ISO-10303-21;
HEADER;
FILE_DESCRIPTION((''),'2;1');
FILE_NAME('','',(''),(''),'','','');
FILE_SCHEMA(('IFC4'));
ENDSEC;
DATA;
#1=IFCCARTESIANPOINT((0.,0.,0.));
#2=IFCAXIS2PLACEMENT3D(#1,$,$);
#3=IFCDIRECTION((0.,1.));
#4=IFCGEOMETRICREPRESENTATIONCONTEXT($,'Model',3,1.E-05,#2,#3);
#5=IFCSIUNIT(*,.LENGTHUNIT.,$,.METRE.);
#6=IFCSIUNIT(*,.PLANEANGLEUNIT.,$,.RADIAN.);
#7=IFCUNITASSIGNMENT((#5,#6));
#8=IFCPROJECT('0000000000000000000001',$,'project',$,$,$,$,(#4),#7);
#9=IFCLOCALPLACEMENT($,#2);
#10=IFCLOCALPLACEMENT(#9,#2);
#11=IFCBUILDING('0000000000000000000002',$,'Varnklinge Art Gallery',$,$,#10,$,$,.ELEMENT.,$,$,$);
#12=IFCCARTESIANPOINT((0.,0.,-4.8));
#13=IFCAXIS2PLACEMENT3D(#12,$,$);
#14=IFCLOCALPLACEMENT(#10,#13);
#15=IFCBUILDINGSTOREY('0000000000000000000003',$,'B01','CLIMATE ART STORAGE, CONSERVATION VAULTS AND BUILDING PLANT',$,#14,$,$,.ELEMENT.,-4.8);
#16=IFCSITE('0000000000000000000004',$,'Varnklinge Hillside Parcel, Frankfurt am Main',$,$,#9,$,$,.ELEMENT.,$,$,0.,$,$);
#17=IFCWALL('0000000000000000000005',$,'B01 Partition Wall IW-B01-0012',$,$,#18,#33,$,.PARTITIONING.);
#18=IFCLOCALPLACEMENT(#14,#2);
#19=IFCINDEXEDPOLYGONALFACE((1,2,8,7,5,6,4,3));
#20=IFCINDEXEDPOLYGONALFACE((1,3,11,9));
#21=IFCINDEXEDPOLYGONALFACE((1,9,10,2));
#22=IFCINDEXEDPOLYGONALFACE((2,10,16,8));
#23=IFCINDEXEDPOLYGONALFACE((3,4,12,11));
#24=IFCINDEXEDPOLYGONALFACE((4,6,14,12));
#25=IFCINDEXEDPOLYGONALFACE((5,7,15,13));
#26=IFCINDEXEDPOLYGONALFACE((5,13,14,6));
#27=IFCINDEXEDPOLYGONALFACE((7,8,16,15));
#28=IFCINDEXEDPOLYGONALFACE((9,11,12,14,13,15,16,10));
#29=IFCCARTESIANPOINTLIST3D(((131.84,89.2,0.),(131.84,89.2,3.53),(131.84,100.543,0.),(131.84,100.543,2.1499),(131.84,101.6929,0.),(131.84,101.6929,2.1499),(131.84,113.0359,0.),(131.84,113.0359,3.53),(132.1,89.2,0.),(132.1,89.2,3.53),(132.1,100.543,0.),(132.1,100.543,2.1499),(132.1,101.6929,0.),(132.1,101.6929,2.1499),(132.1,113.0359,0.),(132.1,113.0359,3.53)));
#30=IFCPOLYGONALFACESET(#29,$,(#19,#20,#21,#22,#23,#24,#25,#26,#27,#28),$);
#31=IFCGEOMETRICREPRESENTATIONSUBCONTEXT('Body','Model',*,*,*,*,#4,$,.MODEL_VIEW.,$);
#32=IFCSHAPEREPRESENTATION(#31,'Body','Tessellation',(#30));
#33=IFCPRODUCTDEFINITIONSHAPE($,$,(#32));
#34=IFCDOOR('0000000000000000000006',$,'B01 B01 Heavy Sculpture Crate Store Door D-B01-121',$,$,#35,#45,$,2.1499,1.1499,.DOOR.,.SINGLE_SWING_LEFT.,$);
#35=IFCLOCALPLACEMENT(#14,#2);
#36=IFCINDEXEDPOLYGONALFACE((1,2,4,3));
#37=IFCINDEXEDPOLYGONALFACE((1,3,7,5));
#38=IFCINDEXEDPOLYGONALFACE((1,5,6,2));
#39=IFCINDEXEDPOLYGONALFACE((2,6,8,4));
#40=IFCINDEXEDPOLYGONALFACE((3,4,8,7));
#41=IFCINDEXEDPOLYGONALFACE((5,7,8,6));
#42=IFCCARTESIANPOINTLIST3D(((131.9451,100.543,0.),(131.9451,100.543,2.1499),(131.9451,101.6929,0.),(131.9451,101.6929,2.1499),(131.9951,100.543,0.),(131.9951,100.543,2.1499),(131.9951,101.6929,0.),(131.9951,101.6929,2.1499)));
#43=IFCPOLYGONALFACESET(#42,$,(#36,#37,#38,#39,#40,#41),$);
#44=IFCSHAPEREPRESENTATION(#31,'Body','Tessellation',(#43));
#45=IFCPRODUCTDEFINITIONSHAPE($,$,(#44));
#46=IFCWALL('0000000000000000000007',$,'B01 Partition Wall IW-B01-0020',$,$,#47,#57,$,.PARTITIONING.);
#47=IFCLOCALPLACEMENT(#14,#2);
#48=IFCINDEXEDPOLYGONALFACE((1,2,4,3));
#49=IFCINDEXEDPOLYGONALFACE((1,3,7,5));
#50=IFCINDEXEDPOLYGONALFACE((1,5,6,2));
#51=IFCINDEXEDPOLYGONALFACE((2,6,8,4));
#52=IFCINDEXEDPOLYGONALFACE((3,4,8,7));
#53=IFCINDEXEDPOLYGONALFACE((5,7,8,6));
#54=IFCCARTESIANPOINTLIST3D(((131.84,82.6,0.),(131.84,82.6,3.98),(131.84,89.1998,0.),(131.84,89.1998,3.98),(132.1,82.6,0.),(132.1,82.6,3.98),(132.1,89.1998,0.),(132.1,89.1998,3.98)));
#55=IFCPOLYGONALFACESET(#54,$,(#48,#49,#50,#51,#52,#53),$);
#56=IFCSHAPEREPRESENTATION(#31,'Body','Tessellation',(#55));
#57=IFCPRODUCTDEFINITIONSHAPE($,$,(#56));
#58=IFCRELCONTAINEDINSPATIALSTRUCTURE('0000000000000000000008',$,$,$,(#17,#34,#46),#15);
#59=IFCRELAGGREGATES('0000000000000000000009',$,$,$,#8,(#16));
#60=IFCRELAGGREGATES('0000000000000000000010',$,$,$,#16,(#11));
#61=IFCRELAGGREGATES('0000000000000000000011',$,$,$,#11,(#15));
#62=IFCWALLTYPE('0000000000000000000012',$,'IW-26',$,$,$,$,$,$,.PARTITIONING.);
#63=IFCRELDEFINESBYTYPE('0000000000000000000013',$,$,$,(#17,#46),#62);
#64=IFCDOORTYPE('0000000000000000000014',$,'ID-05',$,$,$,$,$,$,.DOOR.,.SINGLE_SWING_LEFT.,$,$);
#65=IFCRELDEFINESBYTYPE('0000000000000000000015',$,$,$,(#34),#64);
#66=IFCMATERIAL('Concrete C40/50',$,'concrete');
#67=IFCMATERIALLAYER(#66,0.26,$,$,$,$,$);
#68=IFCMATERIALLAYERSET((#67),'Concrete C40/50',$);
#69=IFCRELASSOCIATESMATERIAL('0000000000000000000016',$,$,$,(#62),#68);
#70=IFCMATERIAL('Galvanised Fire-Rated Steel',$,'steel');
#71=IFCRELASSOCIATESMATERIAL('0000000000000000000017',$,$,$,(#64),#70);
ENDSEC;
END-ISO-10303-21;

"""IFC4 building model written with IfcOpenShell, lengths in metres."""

from ifc_helpers import new_model, si_unit, direction, frame, frame_2d, origin, place, context, subcontext, project, spatial, rectangle, extrude, material, layer, layer_set, type_object, element, fill, save


model = new_model("IFC4")

# Units and contexts
model_context = context("Model", 3, precision=1e-05, world=origin(), true_north=direction((0.0, 1.0)))
body_context = subcontext(model_context, "Body", "Model", "MODEL_VIEW")
ifc_project = project(units=[si_unit("LENGTHUNIT", "METRE"), si_unit("PLANEANGLEUNIT", "RADIAN")], contexts=[model_context])

# Site, building, storey
site_placement = place(None, origin())
site = spatial("IfcSite", under=ifc_project, at=site_placement, Name="Varnklinge Hillside Parcel, Frankfurt am Main", CompositionType="ELEMENT", RefElevation=0.0)
building_placement = place(site_placement, origin())
building = spatial("IfcBuilding", under=site, at=building_placement, Name="Varnklinge Art Gallery", CompositionType="ELEMENT")
storey_placement = place(building_placement, frame((0.0, 0.0, -4.8)))
storey = spatial("IfcBuildingStorey", under=building, at=storey_placement, Name="B01", Description="CLIMATE ART STORAGE, CONSERVATION VAULTS AND BUILDING PLANT", CompositionType="ELEMENT", Elevation=-4.8)

# Wall, opening, door
ifc_material_1 = material(Name="Concrete C40/50", Category="concrete")
ifc_layer_1 = layer(ifc_material_1, 0.26)
ifc_layer_set_1 = layer_set([ifc_layer_1], Name="Concrete C40/50")
wall_type = type_object("IfcWallType", Name="IW-26", PredefinedType="PARTITIONING", material=ifc_layer_set_1)
wall_1_placement = place(storey_placement, frame((131.97, 89.2, 0.0), z_axis=(0.0, 0.0, 1.0), x_axis=(0.0, 1.0, 0.0)))
wall_1 = element("IfcWall", 1, at=wall_1_placement, inside=storey, type_object=wall_type, Name="B01 Partition Wall IW-B01-0012", PredefinedType="PARTITIONING", context=body_context, shape_type="SweptSolid", body=[
    extrude(rectangle(XDim=23.8359, YDim=0.26, at=frame_2d((11.918, 0.0))), origin(), (0.0, 0.0, 1.0), 3.53),
])
opening_placement = place(wall_1_placement, frame((11.343, 0.0, 0.0)))
opening = element("IfcOpeningElement", 2, at=opening_placement, cuts=wall_1, PredefinedType="OPENING", context=body_context, shape_type="SweptSolid", body=[
    extrude(rectangle(XDim=1.1499, YDim=2.1499, at=frame_2d((0.575, 1.075))), frame((0.0, 0.1399, 0.0), z_axis=(0.0, -1.0, 0.0), x_axis=(1.0, 0.0, 0.0)), (0.0, 0.0, 1.0), 0.28),
])
ifc_material_2 = material(Name="Galvanised Fire-Rated Steel", Category="steel")
door_type = type_object("IfcDoorType", Name="ID-05", OperationType="SINGLE_SWING_LEFT", PredefinedType="DOOR", material=ifc_material_2)
door_placement = place(opening_placement, origin())
door = element("IfcDoor", 3, at=door_placement, inside=storey, type_object=door_type, Name="B01 B01 Heavy Sculpture Crate Store Door D-B01-121", OperationType="SINGLE_SWING_LEFT", OverallHeight=2.1499, OverallWidth=1.1499, PredefinedType="DOOR", context=body_context, shape_type="SweptSolid", body=[
    extrude(rectangle(XDim=1.1499, YDim=2.1499, at=frame_2d((0.575, 1.075))), frame((0.0, 0.0249, 0.0), z_axis=(0.0, -1.0, 0.0), x_axis=(1.0, 0.0, 0.0)), (0.0, 0.0, 1.0), 0.05),
])
fill(opening, door)

# Wall
wall_2_placement = place(storey_placement, frame((131.97, 82.6001, 0.0), z_axis=(0.0, 0.0, 1.0), x_axis=(0.0, 1.0, 0.0)))
element("IfcWall", 4, at=wall_2_placement, inside=storey, type_object=wall_type, Name="B01 Partition Wall IW-B01-0020", PredefinedType="PARTITIONING", context=body_context, shape_type="SweptSolid", body=[
    extrude(rectangle(XDim=6.5999, YDim=0.26, at=frame_2d((3.2998, 0.0))), origin(), (0.0, 0.0, 1.0), 3.98),
])

save(model, "model.ifc")
